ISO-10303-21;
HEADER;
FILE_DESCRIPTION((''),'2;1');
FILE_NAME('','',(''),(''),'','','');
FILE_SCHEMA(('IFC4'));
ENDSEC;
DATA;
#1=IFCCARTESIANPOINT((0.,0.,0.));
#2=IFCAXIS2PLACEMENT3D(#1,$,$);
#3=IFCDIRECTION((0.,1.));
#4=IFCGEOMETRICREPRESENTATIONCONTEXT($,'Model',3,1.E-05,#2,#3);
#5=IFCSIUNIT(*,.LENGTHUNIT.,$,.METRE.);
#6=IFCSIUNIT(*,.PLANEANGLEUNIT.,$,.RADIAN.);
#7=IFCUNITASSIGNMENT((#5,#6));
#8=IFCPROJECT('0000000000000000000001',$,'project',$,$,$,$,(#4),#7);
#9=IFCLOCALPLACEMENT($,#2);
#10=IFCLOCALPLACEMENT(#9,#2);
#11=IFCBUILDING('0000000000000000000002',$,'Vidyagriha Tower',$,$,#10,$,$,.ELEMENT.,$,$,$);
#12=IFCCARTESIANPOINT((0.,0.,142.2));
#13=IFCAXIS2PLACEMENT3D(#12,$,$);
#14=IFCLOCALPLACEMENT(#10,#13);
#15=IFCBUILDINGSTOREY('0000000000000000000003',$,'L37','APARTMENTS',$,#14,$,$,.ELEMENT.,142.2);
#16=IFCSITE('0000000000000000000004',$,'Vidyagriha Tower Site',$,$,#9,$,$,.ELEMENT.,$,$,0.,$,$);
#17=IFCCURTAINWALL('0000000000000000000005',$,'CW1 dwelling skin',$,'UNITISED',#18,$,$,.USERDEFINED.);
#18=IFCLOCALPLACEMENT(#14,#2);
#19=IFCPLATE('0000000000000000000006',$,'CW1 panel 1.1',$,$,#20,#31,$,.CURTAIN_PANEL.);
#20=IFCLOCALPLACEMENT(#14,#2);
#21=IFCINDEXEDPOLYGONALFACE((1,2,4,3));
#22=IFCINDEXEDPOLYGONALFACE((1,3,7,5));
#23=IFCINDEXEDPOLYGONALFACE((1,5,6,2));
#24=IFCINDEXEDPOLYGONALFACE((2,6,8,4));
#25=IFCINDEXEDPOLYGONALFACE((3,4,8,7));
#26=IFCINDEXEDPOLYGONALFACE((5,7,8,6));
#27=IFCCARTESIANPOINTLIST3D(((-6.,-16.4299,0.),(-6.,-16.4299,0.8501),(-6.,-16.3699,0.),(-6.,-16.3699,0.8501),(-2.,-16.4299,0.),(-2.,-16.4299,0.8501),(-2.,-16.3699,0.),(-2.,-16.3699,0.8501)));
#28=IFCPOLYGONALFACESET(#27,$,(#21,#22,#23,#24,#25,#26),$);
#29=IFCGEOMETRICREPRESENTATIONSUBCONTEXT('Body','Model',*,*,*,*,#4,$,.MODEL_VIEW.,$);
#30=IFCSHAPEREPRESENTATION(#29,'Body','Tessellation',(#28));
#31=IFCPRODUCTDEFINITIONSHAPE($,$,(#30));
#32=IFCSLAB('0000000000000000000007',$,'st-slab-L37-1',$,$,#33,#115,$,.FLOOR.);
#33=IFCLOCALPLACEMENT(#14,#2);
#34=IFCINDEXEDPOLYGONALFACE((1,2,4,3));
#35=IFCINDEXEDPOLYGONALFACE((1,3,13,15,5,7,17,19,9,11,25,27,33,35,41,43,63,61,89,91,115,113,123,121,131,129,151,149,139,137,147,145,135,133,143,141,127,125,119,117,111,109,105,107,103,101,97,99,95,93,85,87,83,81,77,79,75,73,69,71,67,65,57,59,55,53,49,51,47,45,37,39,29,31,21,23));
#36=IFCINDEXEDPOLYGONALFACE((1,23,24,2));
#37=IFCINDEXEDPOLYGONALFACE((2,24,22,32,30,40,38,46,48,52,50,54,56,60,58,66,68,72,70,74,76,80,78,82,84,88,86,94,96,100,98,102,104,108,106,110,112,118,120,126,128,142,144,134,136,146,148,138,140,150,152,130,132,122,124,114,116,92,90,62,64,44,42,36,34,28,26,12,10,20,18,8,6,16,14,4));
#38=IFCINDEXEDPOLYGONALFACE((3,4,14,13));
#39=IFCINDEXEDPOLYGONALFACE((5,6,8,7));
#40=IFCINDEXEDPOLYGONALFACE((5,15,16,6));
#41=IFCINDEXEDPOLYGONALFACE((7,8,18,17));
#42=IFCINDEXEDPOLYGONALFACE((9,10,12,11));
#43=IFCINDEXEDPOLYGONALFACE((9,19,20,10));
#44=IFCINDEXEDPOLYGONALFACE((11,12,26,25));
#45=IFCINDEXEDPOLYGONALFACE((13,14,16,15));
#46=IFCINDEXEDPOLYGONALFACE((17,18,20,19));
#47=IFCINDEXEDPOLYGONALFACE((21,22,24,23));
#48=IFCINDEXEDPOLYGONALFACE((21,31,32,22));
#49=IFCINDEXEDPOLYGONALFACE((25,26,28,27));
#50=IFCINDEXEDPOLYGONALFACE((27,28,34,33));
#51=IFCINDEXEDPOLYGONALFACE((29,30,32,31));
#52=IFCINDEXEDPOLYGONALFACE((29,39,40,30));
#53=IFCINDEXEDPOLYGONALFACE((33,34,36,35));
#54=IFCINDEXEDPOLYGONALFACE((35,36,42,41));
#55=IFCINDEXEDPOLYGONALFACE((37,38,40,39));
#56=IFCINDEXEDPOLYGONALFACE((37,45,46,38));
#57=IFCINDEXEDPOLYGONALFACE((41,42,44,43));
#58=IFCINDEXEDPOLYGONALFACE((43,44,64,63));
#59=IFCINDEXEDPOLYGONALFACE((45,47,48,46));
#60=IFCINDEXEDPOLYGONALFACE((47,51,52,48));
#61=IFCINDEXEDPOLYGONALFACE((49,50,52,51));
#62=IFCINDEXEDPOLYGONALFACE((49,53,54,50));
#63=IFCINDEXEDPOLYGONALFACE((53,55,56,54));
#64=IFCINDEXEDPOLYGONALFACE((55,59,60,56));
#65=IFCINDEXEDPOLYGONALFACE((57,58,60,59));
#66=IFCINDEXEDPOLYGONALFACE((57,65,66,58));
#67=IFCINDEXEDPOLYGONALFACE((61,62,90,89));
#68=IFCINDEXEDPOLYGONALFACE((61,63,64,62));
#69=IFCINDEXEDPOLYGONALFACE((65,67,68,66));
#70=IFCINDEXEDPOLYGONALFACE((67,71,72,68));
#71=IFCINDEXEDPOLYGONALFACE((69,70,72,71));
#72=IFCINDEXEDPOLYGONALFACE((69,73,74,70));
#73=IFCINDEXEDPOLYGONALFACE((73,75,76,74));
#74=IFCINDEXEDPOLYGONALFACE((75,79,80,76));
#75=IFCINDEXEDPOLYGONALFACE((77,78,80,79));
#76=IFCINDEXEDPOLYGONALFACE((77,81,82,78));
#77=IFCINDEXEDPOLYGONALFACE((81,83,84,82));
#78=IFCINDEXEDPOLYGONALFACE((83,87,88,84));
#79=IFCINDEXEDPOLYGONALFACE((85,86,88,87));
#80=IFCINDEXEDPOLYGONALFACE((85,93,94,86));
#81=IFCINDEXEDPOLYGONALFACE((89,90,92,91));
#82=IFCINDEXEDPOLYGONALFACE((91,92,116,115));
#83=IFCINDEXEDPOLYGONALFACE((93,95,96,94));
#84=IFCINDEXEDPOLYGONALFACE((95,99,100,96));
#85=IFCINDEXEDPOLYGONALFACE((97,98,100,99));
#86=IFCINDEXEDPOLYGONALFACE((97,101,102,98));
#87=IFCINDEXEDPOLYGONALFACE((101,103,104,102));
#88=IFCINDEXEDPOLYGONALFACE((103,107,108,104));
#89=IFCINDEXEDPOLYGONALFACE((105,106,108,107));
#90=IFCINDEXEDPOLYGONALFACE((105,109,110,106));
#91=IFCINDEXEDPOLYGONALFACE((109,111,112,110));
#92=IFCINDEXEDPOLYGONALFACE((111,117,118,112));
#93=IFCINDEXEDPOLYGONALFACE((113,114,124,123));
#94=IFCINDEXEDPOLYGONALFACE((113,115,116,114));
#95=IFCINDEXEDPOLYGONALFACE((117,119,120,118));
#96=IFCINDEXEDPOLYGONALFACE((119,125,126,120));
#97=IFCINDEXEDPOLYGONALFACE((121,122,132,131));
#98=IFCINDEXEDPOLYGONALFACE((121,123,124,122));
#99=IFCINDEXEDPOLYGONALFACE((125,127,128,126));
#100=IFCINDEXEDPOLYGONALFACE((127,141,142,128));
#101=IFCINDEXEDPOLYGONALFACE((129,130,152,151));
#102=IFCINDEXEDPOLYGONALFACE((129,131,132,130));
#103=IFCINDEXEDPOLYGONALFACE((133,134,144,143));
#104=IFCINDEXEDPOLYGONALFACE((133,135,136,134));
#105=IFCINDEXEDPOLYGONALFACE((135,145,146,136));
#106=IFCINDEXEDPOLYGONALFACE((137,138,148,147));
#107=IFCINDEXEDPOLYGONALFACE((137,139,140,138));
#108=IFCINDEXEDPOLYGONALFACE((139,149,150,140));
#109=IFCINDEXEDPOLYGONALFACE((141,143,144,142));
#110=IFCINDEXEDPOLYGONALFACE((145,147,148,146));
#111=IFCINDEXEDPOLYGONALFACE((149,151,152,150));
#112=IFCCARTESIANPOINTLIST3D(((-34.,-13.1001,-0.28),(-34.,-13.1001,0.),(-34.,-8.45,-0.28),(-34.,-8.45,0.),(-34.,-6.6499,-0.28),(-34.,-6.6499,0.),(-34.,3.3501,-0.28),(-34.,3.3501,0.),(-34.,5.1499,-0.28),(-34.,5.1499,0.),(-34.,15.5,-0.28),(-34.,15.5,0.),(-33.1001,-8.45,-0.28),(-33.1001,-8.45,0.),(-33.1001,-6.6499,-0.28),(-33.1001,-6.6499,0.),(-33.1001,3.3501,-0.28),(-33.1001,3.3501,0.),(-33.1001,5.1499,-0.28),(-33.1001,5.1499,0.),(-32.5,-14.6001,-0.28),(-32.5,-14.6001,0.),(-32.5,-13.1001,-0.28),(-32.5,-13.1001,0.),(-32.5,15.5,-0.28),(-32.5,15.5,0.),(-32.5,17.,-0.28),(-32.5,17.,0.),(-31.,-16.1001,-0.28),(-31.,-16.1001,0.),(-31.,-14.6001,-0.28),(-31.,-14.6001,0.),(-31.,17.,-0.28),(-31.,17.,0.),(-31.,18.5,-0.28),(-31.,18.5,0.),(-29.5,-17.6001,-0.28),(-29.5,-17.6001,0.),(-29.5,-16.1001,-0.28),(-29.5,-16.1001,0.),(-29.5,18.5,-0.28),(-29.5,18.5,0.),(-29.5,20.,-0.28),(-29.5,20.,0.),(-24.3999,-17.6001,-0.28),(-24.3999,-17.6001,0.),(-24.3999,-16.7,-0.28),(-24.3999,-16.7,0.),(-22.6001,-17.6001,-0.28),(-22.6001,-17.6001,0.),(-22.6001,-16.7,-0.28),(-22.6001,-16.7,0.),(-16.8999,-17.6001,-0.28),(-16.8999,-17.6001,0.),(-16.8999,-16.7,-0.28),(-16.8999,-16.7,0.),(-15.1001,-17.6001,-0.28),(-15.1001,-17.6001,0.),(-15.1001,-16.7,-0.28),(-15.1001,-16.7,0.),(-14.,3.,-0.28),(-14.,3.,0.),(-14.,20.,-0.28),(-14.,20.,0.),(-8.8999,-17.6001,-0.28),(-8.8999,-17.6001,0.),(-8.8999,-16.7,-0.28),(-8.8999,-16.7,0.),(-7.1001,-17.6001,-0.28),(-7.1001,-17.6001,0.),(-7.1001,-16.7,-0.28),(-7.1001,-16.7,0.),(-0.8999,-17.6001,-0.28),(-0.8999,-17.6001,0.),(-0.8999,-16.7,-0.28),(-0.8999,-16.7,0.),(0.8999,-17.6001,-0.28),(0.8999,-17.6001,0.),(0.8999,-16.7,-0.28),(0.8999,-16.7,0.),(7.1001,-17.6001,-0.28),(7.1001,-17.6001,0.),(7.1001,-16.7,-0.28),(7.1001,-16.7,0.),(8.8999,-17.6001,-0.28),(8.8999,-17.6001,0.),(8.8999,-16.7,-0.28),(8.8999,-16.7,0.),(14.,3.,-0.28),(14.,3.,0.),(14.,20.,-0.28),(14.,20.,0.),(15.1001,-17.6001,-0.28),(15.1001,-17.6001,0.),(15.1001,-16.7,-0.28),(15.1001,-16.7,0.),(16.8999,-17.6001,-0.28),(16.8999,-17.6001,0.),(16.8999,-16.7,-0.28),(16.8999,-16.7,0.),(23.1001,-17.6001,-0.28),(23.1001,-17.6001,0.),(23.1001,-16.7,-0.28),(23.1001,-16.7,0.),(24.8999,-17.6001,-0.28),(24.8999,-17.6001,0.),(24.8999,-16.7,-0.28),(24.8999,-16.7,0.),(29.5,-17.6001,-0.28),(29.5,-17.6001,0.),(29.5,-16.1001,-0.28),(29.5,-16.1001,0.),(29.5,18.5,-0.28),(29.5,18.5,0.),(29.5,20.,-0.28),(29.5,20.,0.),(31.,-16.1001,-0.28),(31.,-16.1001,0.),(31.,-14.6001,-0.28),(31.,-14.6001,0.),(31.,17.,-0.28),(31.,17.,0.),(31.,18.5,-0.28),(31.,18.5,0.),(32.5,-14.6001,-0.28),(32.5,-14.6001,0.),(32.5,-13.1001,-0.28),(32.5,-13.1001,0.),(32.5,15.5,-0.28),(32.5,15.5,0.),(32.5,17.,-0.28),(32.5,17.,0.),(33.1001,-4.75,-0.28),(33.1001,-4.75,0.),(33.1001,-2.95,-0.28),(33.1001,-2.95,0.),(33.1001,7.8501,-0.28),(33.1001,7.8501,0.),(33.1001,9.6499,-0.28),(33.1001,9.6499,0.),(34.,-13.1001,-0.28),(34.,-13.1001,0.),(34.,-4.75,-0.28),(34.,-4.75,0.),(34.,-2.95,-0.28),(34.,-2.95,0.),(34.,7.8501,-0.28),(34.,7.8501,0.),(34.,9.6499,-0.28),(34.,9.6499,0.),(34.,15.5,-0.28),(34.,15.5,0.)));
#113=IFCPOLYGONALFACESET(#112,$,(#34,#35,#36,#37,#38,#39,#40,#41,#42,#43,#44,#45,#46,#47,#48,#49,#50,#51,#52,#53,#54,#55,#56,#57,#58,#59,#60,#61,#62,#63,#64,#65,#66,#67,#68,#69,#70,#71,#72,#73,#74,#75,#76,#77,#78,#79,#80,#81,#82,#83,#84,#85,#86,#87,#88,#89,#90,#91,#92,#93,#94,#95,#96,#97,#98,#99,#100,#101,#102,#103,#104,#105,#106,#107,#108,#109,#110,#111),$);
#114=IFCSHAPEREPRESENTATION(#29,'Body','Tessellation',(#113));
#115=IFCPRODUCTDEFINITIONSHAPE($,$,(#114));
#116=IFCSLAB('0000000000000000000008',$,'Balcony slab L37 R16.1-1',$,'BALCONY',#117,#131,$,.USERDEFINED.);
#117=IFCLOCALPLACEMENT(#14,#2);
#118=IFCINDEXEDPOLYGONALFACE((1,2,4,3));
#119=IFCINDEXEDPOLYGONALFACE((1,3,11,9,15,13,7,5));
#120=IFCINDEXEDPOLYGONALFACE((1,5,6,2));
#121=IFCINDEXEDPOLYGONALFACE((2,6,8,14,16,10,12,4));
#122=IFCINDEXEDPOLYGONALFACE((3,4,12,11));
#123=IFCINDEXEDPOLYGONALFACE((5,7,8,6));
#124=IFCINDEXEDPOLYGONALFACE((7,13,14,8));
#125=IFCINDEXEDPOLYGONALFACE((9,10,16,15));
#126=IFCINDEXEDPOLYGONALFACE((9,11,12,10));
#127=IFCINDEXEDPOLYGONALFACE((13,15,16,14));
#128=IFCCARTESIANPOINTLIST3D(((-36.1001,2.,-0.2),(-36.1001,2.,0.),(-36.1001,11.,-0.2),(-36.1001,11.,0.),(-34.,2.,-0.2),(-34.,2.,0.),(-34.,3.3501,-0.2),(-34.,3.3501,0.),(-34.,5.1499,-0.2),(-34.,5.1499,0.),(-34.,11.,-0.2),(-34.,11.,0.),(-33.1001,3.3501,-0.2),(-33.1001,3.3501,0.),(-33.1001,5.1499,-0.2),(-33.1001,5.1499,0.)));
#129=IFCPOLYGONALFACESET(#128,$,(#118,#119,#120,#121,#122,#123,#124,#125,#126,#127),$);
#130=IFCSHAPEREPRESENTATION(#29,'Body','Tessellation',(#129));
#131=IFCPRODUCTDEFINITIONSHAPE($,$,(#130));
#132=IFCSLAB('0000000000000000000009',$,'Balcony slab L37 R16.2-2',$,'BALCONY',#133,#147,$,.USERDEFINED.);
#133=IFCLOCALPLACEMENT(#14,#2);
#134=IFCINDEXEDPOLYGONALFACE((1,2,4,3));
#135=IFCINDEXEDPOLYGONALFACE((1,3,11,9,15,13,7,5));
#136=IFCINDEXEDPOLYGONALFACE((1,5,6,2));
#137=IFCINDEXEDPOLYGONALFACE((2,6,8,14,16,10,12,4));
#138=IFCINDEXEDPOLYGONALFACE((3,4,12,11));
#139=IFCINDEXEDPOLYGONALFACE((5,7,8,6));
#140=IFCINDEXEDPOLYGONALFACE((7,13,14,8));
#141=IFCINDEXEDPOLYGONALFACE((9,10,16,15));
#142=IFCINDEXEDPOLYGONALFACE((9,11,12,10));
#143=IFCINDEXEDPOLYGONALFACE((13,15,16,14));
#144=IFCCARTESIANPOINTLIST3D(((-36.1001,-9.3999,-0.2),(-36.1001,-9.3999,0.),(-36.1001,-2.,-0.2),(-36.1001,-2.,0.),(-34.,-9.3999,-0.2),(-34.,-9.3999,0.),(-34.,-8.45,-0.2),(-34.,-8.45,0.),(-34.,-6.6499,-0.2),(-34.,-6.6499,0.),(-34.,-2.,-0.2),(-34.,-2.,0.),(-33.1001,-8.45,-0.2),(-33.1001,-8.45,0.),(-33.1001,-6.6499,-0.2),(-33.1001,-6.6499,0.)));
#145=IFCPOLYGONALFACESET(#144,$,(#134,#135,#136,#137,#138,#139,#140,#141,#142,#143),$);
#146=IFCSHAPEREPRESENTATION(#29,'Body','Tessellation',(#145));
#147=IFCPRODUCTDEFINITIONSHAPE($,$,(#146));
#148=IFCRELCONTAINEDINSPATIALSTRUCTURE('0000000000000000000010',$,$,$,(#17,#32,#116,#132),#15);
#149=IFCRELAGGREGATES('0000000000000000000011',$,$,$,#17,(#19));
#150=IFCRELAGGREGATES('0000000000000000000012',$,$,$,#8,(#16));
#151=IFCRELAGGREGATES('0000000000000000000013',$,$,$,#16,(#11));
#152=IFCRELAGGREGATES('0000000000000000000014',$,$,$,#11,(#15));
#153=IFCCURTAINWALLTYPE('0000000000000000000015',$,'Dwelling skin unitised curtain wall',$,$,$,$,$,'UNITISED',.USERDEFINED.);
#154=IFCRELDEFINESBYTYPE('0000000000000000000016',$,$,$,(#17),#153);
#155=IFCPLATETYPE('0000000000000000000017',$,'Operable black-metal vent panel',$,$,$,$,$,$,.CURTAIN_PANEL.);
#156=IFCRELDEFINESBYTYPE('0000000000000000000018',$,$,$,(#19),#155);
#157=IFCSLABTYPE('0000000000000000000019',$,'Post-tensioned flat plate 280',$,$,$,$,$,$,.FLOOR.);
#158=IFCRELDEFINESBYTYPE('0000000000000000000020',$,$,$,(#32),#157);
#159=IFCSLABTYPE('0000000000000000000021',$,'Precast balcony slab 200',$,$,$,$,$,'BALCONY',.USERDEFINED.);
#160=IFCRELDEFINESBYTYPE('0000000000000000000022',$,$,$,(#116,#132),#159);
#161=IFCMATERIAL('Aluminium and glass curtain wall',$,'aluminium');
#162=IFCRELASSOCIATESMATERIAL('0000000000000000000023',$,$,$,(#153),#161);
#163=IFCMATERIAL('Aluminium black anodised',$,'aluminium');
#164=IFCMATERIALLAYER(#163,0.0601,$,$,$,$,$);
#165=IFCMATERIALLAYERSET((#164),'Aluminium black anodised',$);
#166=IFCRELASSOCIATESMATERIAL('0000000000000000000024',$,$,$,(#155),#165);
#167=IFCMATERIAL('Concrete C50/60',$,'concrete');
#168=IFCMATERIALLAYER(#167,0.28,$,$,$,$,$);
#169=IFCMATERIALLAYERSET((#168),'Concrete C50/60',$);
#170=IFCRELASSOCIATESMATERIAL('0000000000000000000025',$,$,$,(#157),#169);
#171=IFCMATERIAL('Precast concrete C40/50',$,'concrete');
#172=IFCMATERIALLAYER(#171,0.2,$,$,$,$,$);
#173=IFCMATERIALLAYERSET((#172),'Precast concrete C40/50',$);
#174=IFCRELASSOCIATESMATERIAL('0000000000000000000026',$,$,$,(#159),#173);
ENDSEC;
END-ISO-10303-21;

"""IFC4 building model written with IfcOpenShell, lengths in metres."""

from ifc_helpers import new_model, si_unit, direction, frame, origin, origin_2d, place, context, subcontext, project, spatial, polyline, rectangle, outline, extrude, material, layer, layer_set, type_object, element, aggregate, save


model = new_model("IFC4")

# Units and contexts
model_context = context("Model", 3, precision=1e-05, world=origin(), true_north=direction((0.0, 1.0)))
body_context = subcontext(model_context, "Body", "Model", "MODEL_VIEW")
ifc_project = project(units=[si_unit("LENGTHUNIT", "METRE"), si_unit("PLANEANGLEUNIT", "RADIAN")], contexts=[model_context])

# Site, building, storey
site_placement = place(None, origin())
site = spatial("IfcSite", under=ifc_project, at=site_placement, Name="Vidyagriha Tower Site", CompositionType="ELEMENT", RefElevation=0.0)
building_placement = place(site_placement, origin())
building = spatial("IfcBuilding", under=site, at=building_placement, Name="Vidyagriha Tower", CompositionType="ELEMENT")
storey_placement = place(building_placement, frame((0.0, 0.0, 142.2)))
storey = spatial("IfcBuildingStorey", under=building, at=storey_placement, Name="L37", Description="APARTMENTS", CompositionType="ELEMENT", Elevation=142.2)

# Curtain wall
ifc_material_1 = material(Name="Aluminium and glass curtain wall", Category="aluminium")
curtain_wall_type = type_object("IfcCurtainWallType", Name="Dwelling skin unitised curtain wall", ElementType="UNITISED", PredefinedType="USERDEFINED", material=ifc_material_1)
curtain_wall_1_placement = place(storey_placement, origin())
curtain_wall_1 = element("IfcCurtainWall", 1, at=curtain_wall_1_placement, inside=storey, type_object=curtain_wall_type, Name="CW1 dwelling skin", ObjectType="UNITISED", PredefinedType="USERDEFINED")

# Plate
ifc_material_2 = material(Name="Aluminium black anodised", Category="aluminium")
ifc_layer_1 = layer(ifc_material_2, 0.0601)
ifc_layer_set_1 = layer_set([ifc_layer_1], Name="Aluminium black anodised")
plate_type_1 = type_object("IfcPlateType", Name="Operable black-metal vent panel", PredefinedType="CURTAIN_PANEL", material=ifc_layer_set_1)
plate_1_placement = place(storey_placement, frame((-4.0, -16.3999, 0.0)))
plate_1 = element("IfcPlate", 2, at=plate_1_placement, type_object=plate_type_1, Name="CW1 panel 1.1", PredefinedType="CURTAIN_PANEL", context=body_context, shape_type="SweptSolid", body=[
    extrude(rectangle(XDim=4.0, YDim=0.0601, at=origin_2d()), origin(), (0.0, 0.0, 1.0), 0.8501),
])
aggregate(curtain_wall_1, [plate_1])

# Slabs
ifc_material_3 = material(Name="Concrete C50/60", Category="concrete")
ifc_layer_2 = layer(ifc_material_3, 0.28)
ifc_layer_set_2 = layer_set([ifc_layer_2], Name="Concrete C50/60")
slab_type_1 = type_object("IfcSlabType", Name="Post-tensioned flat plate 280", PredefinedType="FLOOR", material=ifc_layer_set_2)
slab_1_placement = place(storey_placement, frame((0.0, 0.0, -0.28)))
element("IfcSlab", 3, at=slab_1_placement, inside=storey, type_object=slab_type_1, Name="st-slab-L37-1", PredefinedType="FLOOR", context=body_context, shape_type="SweptSolid", body=[
    extrude(outline(polyline([(32.5, -14.6001), (31.0, -14.6001), (31.0, -16.1001), (29.5, -16.1001), (29.5, -17.6001), (24.8999, -17.6001), (24.8999, -16.7), (23.1001, -16.7), (23.1001, -17.6001), (16.8999, -17.6001), (16.8999, -16.7), (15.1001, -16.7), (15.1001, -17.6001), (8.8999, -17.6001), (8.8999, -16.7), (7.1001, -16.7), (7.1001, -17.6001), (0.8999, -17.6001), (0.8999, -16.7), (-0.8999, -16.7), (-0.8999, -17.6001), (-7.1001, -17.6001), (-7.1001, -16.7), (-8.8999, -16.7), (-8.8999, -17.6001), (-15.1001, -17.6001), (-15.1001, -16.7), (-16.8999, -16.7), (-16.8999, -17.6001), (-22.6001, -17.6001), (-22.6001, -16.7), (-24.3999, -16.7), (-24.3999, -17.6001), (-29.5, -17.6001), (-29.5, -16.1001), (-31.0, -16.1001), (-31.0, -14.6001), (-32.5, -14.6001), (-32.5, -13.1001), (-34.0, -13.1001), (-34.0, -8.45), (-33.1001, -8.45), (-33.1001, -6.6499), (-34.0, -6.6499), (-34.0, 3.3501), (-33.1001, 3.3501), (-33.1001, 5.1499), (-34.0, 5.1499), (-34.0, 15.5), (-32.5, 15.5), (-32.5, 17.0), (-31.0, 17.0), (-31.0, 18.5), (-29.5, 18.5), (-29.5, 20.0), (-14.0, 20.0), (-14.0, 3.0), (14.0, 3.0), (14.0, 20.0), (29.5, 20.0), (29.5, 18.5), (31.0, 18.5), (31.0, 17.0), (32.5, 17.0), (32.5, 15.5), (34.0, 15.5), (34.0, 9.6499), (33.1001, 9.6499), (33.1001, 7.8501), (34.0, 7.8501), (34.0, -2.95), (33.1001, -2.95), (33.1001, -4.75), (34.0, -4.75), (34.0, -13.1001), (32.5, -13.1001), (32.5, -14.6001)])), origin(), (0.0, 0.0, 1.0), 0.28),
])
ifc_material_4 = material(Name="Precast concrete C40/50", Category="concrete")
ifc_layer_3 = layer(ifc_material_4, 0.2)
ifc_layer_set_3 = layer_set([ifc_layer_3], Name="Precast concrete C40/50")
slab_type_2 = type_object("IfcSlabType", Name="Precast balcony slab 200", ElementType="BALCONY", PredefinedType="USERDEFINED", material=ifc_layer_set_3)
slab_2_placement = place(storey_placement, frame((0.0, 0.0, -0.2)))
element("IfcSlab", 4, at=slab_2_placement, inside=storey, type_object=slab_type_2, Name="Balcony slab L37 R16.1-1", ObjectType="BALCONY", PredefinedType="USERDEFINED", context=body_context, shape_type="SweptSolid", body=[
    extrude(outline(polyline([(-33.1001, 3.3501), (-33.1001, 5.1499), (-34.0, 5.1499), (-34.0, 11.0), (-36.1001, 11.0), (-36.1001, 2.0), (-34.0, 2.0), (-34.0, 3.3501), (-33.1001, 3.3501)])), origin(), (0.0, 0.0, 1.0), 0.2),
])
slab_3_placement = place(storey_placement, frame((0.0, 0.0, -0.2)))
element("IfcSlab", 5, at=slab_3_placement, inside=storey, type_object=slab_type_2, Name="Balcony slab L37 R16.2-2", ObjectType="BALCONY", PredefinedType="USERDEFINED", context=body_context, shape_type="SweptSolid", body=[
    extrude(outline(polyline([(-33.1001, -8.45), (-33.1001, -6.6499), (-34.0, -6.6499), (-34.0, -2.0), (-36.1001, -2.0), (-36.1001, -9.3999), (-34.0, -9.3999), (-34.0, -8.45), (-33.1001, -8.45)])), origin(), (0.0, 0.0, 1.0), 0.2),
])

save(model, "model.ifc")
